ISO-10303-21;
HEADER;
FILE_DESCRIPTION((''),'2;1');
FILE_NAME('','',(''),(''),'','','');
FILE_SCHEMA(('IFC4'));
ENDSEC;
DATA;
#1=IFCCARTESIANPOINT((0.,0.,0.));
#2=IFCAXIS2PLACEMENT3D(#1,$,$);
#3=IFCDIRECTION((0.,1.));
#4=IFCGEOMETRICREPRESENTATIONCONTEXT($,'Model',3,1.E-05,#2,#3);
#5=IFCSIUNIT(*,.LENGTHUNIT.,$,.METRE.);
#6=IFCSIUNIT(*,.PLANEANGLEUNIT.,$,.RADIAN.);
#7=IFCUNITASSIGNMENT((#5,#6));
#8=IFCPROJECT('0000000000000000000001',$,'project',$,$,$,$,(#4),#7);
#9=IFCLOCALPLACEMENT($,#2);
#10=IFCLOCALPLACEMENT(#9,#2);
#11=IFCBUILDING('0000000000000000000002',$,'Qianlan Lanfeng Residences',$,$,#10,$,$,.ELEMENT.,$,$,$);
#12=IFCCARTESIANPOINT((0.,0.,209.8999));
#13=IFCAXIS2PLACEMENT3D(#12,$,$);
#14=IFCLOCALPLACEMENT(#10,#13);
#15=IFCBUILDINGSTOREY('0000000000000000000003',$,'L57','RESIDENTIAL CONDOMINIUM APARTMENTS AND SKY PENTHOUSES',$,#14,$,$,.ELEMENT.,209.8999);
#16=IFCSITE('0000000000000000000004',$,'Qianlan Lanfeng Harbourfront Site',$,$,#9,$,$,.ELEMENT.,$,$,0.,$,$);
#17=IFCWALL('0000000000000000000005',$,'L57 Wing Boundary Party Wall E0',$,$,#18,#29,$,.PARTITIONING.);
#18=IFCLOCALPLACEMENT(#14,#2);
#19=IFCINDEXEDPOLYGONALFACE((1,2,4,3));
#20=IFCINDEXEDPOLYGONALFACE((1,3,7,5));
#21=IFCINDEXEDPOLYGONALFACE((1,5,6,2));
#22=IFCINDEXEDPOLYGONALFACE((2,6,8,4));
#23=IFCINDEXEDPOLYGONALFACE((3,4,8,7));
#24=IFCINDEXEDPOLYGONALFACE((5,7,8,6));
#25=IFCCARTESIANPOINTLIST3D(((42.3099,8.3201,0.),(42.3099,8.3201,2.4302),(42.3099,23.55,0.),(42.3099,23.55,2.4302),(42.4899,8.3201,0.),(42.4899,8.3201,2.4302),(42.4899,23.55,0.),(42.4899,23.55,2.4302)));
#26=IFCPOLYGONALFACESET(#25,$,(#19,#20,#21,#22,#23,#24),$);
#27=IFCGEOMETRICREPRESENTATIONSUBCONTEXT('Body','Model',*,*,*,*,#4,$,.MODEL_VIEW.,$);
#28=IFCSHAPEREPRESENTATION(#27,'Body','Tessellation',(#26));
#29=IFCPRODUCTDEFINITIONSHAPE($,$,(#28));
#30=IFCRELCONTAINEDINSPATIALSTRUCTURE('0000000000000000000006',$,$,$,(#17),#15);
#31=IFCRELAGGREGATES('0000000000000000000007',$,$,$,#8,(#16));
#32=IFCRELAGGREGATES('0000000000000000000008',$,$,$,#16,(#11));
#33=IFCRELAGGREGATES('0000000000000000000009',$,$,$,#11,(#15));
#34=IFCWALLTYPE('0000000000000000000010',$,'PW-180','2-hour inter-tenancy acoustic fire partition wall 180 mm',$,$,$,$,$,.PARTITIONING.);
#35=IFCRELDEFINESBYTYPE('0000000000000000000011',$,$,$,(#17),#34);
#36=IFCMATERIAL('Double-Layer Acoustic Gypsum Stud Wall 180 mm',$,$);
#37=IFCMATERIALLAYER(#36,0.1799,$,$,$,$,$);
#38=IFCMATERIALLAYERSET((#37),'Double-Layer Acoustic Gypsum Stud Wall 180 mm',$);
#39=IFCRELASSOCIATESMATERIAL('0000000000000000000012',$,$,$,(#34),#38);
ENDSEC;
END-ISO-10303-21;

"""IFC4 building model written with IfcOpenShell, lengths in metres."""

from ifc_helpers import new_model, si_unit, direction, frame, frame_2d, origin, place, context, subcontext, project, spatial, rectangle, extrude, material, layer, layer_set, type_object, element, save


model = new_model("IFC4")

# Units and contexts
model_context = context("Model", 3, precision=1e-05, world=origin(), true_north=direction((0.0, 1.0)))
body_context = subcontext(model_context, "Body", "Model", "MODEL_VIEW")
ifc_project = project(units=[si_unit("LENGTHUNIT", "METRE"), si_unit("PLANEANGLEUNIT", "RADIAN")], contexts=[model_context])

# Site, building, storey
site_placement = place(None, origin())
site = spatial("IfcSite", under=ifc_project, at=site_placement, Name="Qianlan Lanfeng Harbourfront Site", CompositionType="ELEMENT", RefElevation=0.0)
building_placement = place(site_placement, origin())
building = spatial("IfcBuilding", under=site, at=building_placement, Name="Qianlan Lanfeng Residences", CompositionType="ELEMENT")
storey_placement = place(building_placement, frame((0.0, 0.0, 209.8999)))
storey = spatial("IfcBuildingStorey", under=building, at=storey_placement, Name="L57", Description="RESIDENTIAL CONDOMINIUM APARTMENTS AND SKY PENTHOUSES", CompositionType="ELEMENT", Elevation=209.8999)

# Wall
ifc_material_1 = material(Name="Double-Layer Acoustic Gypsum Stud Wall 180 mm")
ifc_layer_1 = layer(ifc_material_1, 0.1799)
ifc_layer_set_1 = layer_set([ifc_layer_1], Name="Double-Layer Acoustic Gypsum Stud Wall 180 mm")
wall_type_1 = type_object("IfcWallType", Name="PW-180", Description="2-hour inter-tenancy acoustic fire partition wall 180 mm", PredefinedType="PARTITIONING", material=ifc_layer_set_1)
wall_1_placement = place(storey_placement, frame((42.3999, 8.3201, 0.0), z_axis=(0.0, 0.0, 1.0), x_axis=(0.0, 1.0, 0.0)))
element("IfcWall", 1, at=wall_1_placement, inside=storey, type_object=wall_type_1, Name="L57 Wing Boundary Party Wall E0", PredefinedType="PARTITIONING", context=body_context, shape_type="SweptSolid", body=[
    extrude(rectangle(XDim=15.23, YDim=0.1799, at=frame_2d((7.615, 0.0))), origin(), (0.0, 0.0, 1.0), 2.4302),
])

save(model, "model.ifc")
